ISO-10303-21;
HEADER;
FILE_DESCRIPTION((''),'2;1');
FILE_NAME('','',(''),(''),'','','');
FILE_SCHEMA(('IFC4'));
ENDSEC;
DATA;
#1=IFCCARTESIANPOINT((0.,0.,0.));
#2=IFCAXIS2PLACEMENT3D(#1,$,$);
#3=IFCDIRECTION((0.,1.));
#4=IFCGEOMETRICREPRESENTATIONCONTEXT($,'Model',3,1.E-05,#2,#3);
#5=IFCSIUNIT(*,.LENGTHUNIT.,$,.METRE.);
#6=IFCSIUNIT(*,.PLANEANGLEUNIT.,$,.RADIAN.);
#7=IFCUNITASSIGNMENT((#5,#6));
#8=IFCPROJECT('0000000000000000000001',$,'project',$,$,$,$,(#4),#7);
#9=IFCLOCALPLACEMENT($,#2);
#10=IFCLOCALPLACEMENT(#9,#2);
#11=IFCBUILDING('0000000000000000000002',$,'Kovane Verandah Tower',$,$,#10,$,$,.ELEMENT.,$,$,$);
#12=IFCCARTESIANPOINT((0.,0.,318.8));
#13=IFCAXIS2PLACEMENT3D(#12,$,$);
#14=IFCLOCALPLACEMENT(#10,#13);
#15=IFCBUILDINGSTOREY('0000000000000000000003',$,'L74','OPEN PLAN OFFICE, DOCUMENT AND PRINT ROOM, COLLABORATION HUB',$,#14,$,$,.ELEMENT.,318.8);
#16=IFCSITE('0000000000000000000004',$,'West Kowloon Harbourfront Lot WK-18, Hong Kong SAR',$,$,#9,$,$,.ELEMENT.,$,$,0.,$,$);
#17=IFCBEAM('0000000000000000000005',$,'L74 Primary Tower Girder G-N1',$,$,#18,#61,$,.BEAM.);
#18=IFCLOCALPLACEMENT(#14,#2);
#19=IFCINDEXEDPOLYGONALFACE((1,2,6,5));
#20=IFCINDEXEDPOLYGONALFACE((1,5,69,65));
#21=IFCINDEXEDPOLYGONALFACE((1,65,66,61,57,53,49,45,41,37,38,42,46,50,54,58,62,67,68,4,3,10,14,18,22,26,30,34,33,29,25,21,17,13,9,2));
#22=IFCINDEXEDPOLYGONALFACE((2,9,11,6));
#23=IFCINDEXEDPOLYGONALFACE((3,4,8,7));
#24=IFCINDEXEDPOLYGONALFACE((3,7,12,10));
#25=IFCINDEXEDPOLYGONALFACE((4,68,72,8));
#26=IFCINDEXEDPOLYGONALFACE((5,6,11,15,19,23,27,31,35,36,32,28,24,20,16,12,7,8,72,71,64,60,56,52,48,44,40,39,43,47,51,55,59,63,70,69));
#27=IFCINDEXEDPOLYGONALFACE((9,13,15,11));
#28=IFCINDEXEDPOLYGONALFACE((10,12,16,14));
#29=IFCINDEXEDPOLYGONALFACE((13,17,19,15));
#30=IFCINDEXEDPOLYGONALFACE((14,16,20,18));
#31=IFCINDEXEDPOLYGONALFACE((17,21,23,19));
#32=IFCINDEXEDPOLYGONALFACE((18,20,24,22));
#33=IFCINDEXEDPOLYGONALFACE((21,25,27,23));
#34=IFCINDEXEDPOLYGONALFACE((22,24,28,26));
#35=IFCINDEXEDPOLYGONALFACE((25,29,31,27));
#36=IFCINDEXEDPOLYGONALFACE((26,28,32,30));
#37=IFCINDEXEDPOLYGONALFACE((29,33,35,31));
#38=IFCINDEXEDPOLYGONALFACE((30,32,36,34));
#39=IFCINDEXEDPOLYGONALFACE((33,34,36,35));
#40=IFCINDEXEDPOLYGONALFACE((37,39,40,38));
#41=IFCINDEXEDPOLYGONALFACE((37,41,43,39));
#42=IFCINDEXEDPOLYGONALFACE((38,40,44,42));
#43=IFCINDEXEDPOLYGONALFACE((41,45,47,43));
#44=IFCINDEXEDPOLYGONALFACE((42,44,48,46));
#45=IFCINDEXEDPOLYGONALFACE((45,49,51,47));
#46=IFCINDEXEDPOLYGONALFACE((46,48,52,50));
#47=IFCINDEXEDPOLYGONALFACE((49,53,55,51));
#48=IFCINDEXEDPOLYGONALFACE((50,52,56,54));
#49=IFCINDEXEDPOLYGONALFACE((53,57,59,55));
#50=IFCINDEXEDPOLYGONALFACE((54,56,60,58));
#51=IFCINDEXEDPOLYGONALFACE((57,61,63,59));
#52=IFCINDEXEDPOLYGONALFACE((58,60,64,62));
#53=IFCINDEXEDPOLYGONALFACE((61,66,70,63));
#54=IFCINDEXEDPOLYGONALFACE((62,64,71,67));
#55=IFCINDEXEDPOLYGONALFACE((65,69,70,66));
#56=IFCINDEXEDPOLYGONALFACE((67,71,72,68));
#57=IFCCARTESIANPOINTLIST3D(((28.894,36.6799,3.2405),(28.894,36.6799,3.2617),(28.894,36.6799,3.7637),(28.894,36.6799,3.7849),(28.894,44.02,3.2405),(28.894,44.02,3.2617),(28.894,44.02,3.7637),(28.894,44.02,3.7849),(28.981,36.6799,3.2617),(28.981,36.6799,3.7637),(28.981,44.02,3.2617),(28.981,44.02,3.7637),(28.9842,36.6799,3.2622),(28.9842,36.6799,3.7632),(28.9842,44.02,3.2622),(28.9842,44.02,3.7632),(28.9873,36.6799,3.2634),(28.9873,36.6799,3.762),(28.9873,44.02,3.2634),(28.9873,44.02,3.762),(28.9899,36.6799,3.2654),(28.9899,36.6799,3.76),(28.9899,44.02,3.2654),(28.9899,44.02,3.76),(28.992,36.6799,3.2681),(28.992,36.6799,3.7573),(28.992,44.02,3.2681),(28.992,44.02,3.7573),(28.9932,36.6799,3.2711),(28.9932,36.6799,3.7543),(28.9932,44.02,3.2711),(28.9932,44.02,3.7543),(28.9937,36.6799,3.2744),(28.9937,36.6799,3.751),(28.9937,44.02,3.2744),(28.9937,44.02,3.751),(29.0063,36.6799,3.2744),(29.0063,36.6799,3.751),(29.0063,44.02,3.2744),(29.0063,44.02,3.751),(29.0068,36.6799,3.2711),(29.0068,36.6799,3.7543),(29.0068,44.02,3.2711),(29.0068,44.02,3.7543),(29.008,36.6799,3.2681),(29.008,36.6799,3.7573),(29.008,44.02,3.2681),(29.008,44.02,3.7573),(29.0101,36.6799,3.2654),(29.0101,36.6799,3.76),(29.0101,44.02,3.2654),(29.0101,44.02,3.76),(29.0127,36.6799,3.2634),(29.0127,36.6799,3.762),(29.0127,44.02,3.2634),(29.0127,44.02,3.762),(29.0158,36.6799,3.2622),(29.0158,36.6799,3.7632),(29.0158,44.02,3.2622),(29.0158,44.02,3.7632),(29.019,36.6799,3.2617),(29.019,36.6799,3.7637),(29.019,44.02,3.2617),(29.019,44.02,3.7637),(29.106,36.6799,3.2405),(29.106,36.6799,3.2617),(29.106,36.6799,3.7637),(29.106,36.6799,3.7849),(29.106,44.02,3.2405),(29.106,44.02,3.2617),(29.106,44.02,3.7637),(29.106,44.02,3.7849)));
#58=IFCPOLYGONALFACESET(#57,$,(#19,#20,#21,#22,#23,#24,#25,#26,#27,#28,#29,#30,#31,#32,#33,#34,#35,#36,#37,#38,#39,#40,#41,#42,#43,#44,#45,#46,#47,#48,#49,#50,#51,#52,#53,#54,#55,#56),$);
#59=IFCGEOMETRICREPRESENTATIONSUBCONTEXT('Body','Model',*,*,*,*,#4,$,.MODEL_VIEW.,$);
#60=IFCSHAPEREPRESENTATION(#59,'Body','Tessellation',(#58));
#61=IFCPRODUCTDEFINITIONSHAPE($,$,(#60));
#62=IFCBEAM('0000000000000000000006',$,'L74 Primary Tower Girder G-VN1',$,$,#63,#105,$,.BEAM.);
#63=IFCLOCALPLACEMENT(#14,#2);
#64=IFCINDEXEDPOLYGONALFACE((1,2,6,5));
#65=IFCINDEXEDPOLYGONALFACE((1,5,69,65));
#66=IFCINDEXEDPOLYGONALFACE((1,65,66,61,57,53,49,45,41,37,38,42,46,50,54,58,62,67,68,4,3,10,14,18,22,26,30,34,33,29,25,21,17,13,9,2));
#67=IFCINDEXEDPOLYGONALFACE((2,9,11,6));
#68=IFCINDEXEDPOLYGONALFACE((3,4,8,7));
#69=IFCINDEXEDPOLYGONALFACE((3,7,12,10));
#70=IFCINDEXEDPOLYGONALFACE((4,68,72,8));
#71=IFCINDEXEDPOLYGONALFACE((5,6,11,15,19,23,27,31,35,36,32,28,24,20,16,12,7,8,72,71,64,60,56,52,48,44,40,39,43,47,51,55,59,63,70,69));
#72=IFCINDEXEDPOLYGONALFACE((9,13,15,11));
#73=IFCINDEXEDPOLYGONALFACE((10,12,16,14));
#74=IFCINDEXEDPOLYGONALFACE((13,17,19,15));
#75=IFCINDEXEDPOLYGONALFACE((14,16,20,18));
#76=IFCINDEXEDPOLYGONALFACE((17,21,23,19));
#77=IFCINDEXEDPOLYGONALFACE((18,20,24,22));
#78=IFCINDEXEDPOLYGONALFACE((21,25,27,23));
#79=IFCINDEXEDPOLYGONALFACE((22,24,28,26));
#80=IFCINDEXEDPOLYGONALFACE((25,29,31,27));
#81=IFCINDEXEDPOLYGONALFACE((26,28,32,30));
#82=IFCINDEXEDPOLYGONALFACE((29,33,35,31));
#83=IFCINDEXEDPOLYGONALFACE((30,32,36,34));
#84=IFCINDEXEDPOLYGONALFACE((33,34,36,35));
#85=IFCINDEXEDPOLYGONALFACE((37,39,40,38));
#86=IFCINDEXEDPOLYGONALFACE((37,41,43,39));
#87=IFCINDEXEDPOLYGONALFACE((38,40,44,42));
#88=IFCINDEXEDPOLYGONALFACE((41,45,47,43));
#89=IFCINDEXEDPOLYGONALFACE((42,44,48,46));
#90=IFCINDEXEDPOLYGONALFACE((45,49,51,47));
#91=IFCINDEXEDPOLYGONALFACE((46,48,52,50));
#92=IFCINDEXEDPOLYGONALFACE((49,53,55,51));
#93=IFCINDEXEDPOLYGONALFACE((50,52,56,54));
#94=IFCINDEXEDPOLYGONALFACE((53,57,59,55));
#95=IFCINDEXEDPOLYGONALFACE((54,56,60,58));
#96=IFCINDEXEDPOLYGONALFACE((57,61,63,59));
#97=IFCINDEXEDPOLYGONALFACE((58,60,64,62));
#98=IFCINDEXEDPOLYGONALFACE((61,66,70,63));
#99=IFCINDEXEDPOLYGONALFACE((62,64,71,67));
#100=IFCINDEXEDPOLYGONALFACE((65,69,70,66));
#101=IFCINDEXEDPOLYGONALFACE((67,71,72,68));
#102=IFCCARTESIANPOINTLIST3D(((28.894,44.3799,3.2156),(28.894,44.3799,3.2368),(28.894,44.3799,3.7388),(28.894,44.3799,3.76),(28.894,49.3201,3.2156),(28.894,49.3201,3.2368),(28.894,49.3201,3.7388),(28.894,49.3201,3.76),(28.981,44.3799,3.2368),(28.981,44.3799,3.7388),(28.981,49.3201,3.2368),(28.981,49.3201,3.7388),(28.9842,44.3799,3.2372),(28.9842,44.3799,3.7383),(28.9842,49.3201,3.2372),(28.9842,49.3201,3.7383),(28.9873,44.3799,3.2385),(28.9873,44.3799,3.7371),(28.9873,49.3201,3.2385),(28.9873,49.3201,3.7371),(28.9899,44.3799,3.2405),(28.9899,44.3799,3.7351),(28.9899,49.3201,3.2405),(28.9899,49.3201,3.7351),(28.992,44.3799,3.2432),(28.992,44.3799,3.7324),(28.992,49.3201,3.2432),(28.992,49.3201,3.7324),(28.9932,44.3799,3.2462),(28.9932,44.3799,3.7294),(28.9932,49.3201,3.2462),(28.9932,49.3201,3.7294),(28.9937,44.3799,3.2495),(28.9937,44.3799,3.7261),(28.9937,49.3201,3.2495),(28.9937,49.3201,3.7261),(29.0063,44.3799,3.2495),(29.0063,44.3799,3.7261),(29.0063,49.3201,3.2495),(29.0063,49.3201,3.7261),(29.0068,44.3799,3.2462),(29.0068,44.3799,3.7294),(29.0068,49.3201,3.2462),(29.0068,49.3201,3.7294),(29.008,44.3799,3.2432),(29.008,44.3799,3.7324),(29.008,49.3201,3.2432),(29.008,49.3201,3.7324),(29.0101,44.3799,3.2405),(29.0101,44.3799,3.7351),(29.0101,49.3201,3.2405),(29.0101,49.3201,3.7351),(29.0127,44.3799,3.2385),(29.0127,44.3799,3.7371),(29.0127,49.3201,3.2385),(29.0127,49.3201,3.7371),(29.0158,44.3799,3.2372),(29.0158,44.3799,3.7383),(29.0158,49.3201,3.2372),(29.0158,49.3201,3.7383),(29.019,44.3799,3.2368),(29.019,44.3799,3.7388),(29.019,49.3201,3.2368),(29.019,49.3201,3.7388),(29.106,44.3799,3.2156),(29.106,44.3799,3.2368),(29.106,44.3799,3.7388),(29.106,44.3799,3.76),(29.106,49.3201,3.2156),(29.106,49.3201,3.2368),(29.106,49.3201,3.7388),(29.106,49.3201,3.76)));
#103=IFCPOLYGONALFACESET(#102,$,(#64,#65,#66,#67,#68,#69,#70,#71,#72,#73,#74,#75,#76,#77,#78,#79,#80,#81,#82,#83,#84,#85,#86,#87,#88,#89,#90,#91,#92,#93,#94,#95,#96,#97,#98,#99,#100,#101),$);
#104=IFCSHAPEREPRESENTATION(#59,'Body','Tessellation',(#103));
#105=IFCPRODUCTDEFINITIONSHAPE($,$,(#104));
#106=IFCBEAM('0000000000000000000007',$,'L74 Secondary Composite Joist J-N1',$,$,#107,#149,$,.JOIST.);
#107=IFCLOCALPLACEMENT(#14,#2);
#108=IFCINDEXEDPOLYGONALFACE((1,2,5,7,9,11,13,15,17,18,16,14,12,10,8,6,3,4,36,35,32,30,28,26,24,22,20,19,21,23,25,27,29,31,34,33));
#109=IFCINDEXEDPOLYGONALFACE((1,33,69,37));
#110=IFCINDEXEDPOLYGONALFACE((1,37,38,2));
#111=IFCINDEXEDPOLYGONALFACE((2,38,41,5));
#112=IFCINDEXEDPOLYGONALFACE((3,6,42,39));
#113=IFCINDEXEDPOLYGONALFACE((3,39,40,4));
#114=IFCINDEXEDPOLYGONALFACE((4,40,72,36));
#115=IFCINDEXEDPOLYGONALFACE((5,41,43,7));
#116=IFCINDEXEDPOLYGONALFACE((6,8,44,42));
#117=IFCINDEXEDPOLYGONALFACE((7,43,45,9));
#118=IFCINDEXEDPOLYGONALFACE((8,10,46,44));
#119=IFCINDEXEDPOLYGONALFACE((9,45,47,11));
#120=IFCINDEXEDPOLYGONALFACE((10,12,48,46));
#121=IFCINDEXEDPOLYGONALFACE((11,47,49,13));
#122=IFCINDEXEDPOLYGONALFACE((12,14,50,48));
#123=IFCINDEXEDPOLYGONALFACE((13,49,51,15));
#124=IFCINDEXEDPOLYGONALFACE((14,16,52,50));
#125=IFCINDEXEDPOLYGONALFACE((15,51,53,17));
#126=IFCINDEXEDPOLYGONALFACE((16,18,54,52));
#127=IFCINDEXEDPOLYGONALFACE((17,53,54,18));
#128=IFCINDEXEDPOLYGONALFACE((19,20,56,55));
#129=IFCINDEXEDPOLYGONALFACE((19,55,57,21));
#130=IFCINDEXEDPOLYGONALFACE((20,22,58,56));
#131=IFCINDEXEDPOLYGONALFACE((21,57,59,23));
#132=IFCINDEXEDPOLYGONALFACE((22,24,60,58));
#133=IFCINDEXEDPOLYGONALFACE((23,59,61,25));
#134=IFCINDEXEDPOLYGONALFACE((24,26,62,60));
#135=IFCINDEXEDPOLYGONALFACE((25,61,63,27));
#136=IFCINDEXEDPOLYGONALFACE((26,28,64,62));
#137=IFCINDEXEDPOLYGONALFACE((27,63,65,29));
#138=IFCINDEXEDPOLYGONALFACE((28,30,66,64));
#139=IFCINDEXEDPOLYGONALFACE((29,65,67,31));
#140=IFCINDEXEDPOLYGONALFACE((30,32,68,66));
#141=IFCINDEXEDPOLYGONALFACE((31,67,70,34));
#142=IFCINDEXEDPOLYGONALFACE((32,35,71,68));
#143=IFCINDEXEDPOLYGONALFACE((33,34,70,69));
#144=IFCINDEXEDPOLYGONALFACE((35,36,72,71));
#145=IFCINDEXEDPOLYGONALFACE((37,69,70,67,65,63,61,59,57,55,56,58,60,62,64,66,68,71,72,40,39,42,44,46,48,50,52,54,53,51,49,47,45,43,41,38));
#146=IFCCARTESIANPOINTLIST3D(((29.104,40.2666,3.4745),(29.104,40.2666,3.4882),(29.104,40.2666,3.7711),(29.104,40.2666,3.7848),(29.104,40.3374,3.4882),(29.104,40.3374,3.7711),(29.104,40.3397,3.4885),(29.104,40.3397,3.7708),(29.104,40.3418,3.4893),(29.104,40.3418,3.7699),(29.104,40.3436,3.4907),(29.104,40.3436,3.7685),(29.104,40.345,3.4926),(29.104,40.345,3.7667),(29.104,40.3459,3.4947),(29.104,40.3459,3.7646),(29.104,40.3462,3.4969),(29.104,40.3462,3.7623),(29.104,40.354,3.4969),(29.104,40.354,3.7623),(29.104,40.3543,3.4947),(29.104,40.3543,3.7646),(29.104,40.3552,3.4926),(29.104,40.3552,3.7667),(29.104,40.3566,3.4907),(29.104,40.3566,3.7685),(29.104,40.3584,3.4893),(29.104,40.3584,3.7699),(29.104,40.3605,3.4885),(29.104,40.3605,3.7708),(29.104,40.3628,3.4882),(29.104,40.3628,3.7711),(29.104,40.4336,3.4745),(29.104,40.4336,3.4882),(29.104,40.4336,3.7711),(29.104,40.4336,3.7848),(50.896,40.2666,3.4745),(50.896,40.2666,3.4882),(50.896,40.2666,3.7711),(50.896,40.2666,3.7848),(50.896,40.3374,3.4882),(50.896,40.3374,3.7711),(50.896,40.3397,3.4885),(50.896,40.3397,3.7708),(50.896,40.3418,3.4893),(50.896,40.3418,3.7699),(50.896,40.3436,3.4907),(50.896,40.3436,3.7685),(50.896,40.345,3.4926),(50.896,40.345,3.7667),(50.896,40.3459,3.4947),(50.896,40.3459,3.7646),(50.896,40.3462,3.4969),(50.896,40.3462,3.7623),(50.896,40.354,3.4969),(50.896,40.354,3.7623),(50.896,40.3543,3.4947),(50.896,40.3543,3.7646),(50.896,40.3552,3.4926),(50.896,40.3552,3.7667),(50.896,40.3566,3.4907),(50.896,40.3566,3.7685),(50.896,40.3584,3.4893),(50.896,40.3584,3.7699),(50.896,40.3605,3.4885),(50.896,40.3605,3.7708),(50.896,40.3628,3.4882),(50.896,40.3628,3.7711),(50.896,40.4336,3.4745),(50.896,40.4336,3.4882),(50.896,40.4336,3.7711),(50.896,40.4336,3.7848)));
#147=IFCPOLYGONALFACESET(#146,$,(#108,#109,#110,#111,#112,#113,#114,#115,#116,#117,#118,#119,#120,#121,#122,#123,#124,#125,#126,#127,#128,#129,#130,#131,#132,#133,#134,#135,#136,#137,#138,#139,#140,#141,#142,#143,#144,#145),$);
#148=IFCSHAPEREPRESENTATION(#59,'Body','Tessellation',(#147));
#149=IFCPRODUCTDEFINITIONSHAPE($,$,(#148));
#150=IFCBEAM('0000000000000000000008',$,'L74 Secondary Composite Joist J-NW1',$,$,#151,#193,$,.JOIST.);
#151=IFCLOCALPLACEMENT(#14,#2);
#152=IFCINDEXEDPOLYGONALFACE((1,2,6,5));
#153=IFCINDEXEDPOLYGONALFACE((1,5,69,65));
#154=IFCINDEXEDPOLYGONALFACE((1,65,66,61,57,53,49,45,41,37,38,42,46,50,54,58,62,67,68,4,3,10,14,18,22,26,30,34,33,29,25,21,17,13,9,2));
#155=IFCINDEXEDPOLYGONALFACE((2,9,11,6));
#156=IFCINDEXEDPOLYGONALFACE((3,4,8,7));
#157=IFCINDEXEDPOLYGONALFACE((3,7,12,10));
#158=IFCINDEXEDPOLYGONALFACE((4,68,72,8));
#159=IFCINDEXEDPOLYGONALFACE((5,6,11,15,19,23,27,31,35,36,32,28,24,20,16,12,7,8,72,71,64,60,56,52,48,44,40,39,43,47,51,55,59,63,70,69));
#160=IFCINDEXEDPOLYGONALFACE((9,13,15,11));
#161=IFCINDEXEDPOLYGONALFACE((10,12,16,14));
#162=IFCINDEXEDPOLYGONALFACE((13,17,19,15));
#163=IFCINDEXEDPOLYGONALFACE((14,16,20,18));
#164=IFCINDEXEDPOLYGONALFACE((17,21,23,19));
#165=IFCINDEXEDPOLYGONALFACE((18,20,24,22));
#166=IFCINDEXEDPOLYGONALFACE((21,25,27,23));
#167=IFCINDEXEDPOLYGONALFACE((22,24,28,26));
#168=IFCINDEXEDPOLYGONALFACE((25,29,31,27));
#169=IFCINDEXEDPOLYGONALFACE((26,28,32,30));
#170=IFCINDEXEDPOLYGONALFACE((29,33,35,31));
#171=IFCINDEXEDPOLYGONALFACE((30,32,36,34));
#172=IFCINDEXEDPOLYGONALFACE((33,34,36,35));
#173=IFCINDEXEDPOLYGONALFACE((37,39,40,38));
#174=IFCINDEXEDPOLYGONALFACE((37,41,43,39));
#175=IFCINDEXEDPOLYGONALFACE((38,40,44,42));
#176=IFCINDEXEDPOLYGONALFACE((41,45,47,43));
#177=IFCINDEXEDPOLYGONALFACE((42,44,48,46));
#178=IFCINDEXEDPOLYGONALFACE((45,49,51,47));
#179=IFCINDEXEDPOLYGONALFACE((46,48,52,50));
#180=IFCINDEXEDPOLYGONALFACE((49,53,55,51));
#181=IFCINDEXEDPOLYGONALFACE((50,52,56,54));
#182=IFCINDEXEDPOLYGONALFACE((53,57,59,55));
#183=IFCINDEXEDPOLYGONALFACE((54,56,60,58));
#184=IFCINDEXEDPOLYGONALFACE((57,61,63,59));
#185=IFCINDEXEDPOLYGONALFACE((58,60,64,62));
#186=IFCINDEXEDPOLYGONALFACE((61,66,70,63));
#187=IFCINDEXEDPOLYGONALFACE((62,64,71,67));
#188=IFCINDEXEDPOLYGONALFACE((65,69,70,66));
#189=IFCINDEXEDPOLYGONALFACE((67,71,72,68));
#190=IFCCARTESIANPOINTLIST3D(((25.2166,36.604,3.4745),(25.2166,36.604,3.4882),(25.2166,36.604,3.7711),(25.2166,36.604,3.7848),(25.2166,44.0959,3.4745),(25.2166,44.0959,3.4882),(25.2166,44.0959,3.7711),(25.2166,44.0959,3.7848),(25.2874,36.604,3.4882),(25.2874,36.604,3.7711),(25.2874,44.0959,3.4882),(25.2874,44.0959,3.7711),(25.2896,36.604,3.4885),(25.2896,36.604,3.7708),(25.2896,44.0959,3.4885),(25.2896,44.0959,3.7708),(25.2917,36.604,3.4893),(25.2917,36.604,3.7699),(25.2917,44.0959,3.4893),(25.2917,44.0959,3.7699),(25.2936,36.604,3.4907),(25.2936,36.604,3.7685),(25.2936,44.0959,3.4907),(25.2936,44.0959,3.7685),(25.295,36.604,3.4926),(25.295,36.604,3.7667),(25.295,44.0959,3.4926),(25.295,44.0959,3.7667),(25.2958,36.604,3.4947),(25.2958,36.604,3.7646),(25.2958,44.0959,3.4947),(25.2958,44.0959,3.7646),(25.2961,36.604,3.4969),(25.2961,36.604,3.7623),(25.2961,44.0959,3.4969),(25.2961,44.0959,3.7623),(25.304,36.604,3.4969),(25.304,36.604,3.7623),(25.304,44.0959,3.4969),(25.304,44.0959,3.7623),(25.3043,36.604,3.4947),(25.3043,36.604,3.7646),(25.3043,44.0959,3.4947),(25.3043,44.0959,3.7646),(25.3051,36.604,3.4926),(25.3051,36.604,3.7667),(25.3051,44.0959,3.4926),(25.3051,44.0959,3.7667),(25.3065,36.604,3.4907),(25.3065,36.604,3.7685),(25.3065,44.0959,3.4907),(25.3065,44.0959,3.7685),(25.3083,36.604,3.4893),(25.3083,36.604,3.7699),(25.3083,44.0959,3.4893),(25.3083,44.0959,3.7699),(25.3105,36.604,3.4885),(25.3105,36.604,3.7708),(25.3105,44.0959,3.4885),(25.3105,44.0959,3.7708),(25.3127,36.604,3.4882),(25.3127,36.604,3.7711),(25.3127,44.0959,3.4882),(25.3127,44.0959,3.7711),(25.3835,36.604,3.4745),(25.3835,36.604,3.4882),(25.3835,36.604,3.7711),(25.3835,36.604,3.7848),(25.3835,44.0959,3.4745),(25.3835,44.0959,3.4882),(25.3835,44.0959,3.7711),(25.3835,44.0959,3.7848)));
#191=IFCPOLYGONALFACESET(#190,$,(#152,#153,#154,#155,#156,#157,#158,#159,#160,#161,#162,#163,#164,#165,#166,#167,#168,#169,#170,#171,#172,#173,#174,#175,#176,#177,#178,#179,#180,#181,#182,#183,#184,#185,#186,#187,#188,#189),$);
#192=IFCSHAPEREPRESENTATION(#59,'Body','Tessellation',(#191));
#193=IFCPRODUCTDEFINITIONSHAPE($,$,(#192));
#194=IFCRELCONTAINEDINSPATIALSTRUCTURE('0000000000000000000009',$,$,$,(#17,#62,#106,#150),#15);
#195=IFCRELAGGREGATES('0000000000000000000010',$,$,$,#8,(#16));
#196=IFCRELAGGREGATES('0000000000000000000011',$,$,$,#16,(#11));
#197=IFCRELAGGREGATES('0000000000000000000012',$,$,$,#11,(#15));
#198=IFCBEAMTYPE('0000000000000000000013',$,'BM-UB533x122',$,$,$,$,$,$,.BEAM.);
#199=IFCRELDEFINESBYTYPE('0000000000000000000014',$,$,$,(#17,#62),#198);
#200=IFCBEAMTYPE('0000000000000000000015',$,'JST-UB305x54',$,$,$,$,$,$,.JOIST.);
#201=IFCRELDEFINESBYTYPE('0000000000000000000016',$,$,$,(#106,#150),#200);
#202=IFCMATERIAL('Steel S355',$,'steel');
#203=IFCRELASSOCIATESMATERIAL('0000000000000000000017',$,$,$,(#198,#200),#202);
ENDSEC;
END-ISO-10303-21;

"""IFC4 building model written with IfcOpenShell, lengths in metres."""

from ifc_helpers import new_model, si_unit, direction, frame, origin, origin_2d, place, context, subcontext, project, spatial, i_section, extrude, material, material_profile, profile_set, type_object, element, save


model = new_model("IFC4")

# Units and contexts
model_context = context("Model", 3, precision=1e-05, world=origin(), true_north=direction((0.0, 1.0)))
body_context = subcontext(model_context, "Body", "Model", "MODEL_VIEW")
ifc_project = project(units=[si_unit("LENGTHUNIT", "METRE"), si_unit("PLANEANGLEUNIT", "RADIAN")], contexts=[model_context])

# Site, building, storey
site_placement = place(None, origin())
site = spatial("IfcSite", under=ifc_project, at=site_placement, Name="West Kowloon Harbourfront Lot WK-18, Hong Kong SAR", CompositionType="ELEMENT", RefElevation=0.0)
building_placement = place(site_placement, origin())
building = spatial("IfcBuilding", under=site, at=building_placement, Name="Kovane Verandah Tower", CompositionType="ELEMENT")
storey_placement = place(building_placement, frame((0.0, 0.0, 318.8)))
storey = spatial("IfcBuildingStorey", under=building, at=storey_placement, Name="L74", Description="OPEN PLAN OFFICE, DOCUMENT AND PRINT ROOM, COLLABORATION HUB", CompositionType="ELEMENT", Elevation=318.8)

# Beams
ifc_material_1 = material(Name="Steel S355", Category="steel")
ifc_material_profile_1 = material_profile(ifc_material_1, i_section(OverallWidth=0.2119, OverallDepth=0.5444, WebThickness=0.0127, FlangeThickness=0.0212, FilletRadius=0.0127, at=origin_2d()), Name="UB533x210x122")
ifc_profile_set_1 = profile_set([ifc_material_profile_1], Name="Steel S355")
beam_type_1 = type_object("IfcBeamType", Name="BM-UB533x122", PredefinedType="BEAM", material=ifc_profile_set_1)
beam_1_placement = place(storey_placement, frame((29.0, 36.6799, 3.5127), z_axis=(0.0, 1.0, 0.0), x_axis=(-1.0, 0.0, 0.0)))
element("IfcBeam", 1, at=beam_1_placement, inside=storey, type_object=beam_type_1, Name="L74 Primary Tower Girder G-N1", PredefinedType="BEAM", context=body_context, shape_type="SweptSolid", body=[
    extrude(i_section(OverallWidth=0.2119, OverallDepth=0.5444, WebThickness=0.0127, FlangeThickness=0.0212, FilletRadius=0.0127, at=origin_2d()), origin(), (0.0, 0.0, 1.0), 7.3401),
])
beam_2_placement = place(storey_placement, frame((29.0, 44.3799, 3.4878), z_axis=(0.0, 1.0, 0.0), x_axis=(-1.0, 0.0, 0.0)))
element("IfcBeam", 2, at=beam_2_placement, inside=storey, type_object=beam_type_1, Name="L74 Primary Tower Girder G-VN1", PredefinedType="BEAM", context=body_context, shape_type="SweptSolid", body=[
    extrude(i_section(OverallWidth=0.2119, OverallDepth=0.5444, WebThickness=0.0127, FlangeThickness=0.0212, FilletRadius=0.0127, at=origin_2d()), origin(), (0.0, 0.0, 1.0), 4.9402),
])
ifc_material_profile_2 = material_profile(ifc_material_1, i_section(OverallWidth=0.167, OverallDepth=0.3103, WebThickness=0.0078, FlangeThickness=0.0137, FilletRadius=0.0088, at=origin_2d()), Name="UB305x165x54")
ifc_profile_set_2 = profile_set([ifc_material_profile_2], Name="Steel S355")
beam_type_2 = type_object("IfcBeamType", Name="JST-UB305x54", PredefinedType="JOIST", material=ifc_profile_set_2)
beam_3_placement = place(storey_placement, frame((29.104, 40.3501, 3.6296), z_axis=(1.0, 0.0, 0.0), x_axis=(0.0, 1.0, 0.0)))
element("IfcBeam", 3, at=beam_3_placement, inside=storey, type_object=beam_type_2, Name="L74 Secondary Composite Joist J-N1", PredefinedType="JOIST", context=body_context, shape_type="SweptSolid", body=[
    extrude(i_section(OverallWidth=0.167, OverallDepth=0.3103, WebThickness=0.0078, FlangeThickness=0.0137, FilletRadius=0.0088, at=origin_2d()), origin(), (0.0, 0.0, 1.0), 21.792),
])
beam_4_placement = place(storey_placement, frame((25.3, 36.604, 3.6296), z_axis=(0.0, 1.0, 0.0), x_axis=(-1.0, 0.0, 0.0)))
element("IfcBeam", 4, at=beam_4_placement, inside=storey, type_object=beam_type_2, Name="L74 Secondary Composite Joist J-NW1", PredefinedType="JOIST", context=body_context, shape_type="SweptSolid", body=[
    extrude(i_section(OverallWidth=0.167, OverallDepth=0.3103, WebThickness=0.0078, FlangeThickness=0.0137, FilletRadius=0.0088, at=origin_2d()), origin(), (0.0, 0.0, 1.0), 7.4919),
])

save(model, "model.ifc")
